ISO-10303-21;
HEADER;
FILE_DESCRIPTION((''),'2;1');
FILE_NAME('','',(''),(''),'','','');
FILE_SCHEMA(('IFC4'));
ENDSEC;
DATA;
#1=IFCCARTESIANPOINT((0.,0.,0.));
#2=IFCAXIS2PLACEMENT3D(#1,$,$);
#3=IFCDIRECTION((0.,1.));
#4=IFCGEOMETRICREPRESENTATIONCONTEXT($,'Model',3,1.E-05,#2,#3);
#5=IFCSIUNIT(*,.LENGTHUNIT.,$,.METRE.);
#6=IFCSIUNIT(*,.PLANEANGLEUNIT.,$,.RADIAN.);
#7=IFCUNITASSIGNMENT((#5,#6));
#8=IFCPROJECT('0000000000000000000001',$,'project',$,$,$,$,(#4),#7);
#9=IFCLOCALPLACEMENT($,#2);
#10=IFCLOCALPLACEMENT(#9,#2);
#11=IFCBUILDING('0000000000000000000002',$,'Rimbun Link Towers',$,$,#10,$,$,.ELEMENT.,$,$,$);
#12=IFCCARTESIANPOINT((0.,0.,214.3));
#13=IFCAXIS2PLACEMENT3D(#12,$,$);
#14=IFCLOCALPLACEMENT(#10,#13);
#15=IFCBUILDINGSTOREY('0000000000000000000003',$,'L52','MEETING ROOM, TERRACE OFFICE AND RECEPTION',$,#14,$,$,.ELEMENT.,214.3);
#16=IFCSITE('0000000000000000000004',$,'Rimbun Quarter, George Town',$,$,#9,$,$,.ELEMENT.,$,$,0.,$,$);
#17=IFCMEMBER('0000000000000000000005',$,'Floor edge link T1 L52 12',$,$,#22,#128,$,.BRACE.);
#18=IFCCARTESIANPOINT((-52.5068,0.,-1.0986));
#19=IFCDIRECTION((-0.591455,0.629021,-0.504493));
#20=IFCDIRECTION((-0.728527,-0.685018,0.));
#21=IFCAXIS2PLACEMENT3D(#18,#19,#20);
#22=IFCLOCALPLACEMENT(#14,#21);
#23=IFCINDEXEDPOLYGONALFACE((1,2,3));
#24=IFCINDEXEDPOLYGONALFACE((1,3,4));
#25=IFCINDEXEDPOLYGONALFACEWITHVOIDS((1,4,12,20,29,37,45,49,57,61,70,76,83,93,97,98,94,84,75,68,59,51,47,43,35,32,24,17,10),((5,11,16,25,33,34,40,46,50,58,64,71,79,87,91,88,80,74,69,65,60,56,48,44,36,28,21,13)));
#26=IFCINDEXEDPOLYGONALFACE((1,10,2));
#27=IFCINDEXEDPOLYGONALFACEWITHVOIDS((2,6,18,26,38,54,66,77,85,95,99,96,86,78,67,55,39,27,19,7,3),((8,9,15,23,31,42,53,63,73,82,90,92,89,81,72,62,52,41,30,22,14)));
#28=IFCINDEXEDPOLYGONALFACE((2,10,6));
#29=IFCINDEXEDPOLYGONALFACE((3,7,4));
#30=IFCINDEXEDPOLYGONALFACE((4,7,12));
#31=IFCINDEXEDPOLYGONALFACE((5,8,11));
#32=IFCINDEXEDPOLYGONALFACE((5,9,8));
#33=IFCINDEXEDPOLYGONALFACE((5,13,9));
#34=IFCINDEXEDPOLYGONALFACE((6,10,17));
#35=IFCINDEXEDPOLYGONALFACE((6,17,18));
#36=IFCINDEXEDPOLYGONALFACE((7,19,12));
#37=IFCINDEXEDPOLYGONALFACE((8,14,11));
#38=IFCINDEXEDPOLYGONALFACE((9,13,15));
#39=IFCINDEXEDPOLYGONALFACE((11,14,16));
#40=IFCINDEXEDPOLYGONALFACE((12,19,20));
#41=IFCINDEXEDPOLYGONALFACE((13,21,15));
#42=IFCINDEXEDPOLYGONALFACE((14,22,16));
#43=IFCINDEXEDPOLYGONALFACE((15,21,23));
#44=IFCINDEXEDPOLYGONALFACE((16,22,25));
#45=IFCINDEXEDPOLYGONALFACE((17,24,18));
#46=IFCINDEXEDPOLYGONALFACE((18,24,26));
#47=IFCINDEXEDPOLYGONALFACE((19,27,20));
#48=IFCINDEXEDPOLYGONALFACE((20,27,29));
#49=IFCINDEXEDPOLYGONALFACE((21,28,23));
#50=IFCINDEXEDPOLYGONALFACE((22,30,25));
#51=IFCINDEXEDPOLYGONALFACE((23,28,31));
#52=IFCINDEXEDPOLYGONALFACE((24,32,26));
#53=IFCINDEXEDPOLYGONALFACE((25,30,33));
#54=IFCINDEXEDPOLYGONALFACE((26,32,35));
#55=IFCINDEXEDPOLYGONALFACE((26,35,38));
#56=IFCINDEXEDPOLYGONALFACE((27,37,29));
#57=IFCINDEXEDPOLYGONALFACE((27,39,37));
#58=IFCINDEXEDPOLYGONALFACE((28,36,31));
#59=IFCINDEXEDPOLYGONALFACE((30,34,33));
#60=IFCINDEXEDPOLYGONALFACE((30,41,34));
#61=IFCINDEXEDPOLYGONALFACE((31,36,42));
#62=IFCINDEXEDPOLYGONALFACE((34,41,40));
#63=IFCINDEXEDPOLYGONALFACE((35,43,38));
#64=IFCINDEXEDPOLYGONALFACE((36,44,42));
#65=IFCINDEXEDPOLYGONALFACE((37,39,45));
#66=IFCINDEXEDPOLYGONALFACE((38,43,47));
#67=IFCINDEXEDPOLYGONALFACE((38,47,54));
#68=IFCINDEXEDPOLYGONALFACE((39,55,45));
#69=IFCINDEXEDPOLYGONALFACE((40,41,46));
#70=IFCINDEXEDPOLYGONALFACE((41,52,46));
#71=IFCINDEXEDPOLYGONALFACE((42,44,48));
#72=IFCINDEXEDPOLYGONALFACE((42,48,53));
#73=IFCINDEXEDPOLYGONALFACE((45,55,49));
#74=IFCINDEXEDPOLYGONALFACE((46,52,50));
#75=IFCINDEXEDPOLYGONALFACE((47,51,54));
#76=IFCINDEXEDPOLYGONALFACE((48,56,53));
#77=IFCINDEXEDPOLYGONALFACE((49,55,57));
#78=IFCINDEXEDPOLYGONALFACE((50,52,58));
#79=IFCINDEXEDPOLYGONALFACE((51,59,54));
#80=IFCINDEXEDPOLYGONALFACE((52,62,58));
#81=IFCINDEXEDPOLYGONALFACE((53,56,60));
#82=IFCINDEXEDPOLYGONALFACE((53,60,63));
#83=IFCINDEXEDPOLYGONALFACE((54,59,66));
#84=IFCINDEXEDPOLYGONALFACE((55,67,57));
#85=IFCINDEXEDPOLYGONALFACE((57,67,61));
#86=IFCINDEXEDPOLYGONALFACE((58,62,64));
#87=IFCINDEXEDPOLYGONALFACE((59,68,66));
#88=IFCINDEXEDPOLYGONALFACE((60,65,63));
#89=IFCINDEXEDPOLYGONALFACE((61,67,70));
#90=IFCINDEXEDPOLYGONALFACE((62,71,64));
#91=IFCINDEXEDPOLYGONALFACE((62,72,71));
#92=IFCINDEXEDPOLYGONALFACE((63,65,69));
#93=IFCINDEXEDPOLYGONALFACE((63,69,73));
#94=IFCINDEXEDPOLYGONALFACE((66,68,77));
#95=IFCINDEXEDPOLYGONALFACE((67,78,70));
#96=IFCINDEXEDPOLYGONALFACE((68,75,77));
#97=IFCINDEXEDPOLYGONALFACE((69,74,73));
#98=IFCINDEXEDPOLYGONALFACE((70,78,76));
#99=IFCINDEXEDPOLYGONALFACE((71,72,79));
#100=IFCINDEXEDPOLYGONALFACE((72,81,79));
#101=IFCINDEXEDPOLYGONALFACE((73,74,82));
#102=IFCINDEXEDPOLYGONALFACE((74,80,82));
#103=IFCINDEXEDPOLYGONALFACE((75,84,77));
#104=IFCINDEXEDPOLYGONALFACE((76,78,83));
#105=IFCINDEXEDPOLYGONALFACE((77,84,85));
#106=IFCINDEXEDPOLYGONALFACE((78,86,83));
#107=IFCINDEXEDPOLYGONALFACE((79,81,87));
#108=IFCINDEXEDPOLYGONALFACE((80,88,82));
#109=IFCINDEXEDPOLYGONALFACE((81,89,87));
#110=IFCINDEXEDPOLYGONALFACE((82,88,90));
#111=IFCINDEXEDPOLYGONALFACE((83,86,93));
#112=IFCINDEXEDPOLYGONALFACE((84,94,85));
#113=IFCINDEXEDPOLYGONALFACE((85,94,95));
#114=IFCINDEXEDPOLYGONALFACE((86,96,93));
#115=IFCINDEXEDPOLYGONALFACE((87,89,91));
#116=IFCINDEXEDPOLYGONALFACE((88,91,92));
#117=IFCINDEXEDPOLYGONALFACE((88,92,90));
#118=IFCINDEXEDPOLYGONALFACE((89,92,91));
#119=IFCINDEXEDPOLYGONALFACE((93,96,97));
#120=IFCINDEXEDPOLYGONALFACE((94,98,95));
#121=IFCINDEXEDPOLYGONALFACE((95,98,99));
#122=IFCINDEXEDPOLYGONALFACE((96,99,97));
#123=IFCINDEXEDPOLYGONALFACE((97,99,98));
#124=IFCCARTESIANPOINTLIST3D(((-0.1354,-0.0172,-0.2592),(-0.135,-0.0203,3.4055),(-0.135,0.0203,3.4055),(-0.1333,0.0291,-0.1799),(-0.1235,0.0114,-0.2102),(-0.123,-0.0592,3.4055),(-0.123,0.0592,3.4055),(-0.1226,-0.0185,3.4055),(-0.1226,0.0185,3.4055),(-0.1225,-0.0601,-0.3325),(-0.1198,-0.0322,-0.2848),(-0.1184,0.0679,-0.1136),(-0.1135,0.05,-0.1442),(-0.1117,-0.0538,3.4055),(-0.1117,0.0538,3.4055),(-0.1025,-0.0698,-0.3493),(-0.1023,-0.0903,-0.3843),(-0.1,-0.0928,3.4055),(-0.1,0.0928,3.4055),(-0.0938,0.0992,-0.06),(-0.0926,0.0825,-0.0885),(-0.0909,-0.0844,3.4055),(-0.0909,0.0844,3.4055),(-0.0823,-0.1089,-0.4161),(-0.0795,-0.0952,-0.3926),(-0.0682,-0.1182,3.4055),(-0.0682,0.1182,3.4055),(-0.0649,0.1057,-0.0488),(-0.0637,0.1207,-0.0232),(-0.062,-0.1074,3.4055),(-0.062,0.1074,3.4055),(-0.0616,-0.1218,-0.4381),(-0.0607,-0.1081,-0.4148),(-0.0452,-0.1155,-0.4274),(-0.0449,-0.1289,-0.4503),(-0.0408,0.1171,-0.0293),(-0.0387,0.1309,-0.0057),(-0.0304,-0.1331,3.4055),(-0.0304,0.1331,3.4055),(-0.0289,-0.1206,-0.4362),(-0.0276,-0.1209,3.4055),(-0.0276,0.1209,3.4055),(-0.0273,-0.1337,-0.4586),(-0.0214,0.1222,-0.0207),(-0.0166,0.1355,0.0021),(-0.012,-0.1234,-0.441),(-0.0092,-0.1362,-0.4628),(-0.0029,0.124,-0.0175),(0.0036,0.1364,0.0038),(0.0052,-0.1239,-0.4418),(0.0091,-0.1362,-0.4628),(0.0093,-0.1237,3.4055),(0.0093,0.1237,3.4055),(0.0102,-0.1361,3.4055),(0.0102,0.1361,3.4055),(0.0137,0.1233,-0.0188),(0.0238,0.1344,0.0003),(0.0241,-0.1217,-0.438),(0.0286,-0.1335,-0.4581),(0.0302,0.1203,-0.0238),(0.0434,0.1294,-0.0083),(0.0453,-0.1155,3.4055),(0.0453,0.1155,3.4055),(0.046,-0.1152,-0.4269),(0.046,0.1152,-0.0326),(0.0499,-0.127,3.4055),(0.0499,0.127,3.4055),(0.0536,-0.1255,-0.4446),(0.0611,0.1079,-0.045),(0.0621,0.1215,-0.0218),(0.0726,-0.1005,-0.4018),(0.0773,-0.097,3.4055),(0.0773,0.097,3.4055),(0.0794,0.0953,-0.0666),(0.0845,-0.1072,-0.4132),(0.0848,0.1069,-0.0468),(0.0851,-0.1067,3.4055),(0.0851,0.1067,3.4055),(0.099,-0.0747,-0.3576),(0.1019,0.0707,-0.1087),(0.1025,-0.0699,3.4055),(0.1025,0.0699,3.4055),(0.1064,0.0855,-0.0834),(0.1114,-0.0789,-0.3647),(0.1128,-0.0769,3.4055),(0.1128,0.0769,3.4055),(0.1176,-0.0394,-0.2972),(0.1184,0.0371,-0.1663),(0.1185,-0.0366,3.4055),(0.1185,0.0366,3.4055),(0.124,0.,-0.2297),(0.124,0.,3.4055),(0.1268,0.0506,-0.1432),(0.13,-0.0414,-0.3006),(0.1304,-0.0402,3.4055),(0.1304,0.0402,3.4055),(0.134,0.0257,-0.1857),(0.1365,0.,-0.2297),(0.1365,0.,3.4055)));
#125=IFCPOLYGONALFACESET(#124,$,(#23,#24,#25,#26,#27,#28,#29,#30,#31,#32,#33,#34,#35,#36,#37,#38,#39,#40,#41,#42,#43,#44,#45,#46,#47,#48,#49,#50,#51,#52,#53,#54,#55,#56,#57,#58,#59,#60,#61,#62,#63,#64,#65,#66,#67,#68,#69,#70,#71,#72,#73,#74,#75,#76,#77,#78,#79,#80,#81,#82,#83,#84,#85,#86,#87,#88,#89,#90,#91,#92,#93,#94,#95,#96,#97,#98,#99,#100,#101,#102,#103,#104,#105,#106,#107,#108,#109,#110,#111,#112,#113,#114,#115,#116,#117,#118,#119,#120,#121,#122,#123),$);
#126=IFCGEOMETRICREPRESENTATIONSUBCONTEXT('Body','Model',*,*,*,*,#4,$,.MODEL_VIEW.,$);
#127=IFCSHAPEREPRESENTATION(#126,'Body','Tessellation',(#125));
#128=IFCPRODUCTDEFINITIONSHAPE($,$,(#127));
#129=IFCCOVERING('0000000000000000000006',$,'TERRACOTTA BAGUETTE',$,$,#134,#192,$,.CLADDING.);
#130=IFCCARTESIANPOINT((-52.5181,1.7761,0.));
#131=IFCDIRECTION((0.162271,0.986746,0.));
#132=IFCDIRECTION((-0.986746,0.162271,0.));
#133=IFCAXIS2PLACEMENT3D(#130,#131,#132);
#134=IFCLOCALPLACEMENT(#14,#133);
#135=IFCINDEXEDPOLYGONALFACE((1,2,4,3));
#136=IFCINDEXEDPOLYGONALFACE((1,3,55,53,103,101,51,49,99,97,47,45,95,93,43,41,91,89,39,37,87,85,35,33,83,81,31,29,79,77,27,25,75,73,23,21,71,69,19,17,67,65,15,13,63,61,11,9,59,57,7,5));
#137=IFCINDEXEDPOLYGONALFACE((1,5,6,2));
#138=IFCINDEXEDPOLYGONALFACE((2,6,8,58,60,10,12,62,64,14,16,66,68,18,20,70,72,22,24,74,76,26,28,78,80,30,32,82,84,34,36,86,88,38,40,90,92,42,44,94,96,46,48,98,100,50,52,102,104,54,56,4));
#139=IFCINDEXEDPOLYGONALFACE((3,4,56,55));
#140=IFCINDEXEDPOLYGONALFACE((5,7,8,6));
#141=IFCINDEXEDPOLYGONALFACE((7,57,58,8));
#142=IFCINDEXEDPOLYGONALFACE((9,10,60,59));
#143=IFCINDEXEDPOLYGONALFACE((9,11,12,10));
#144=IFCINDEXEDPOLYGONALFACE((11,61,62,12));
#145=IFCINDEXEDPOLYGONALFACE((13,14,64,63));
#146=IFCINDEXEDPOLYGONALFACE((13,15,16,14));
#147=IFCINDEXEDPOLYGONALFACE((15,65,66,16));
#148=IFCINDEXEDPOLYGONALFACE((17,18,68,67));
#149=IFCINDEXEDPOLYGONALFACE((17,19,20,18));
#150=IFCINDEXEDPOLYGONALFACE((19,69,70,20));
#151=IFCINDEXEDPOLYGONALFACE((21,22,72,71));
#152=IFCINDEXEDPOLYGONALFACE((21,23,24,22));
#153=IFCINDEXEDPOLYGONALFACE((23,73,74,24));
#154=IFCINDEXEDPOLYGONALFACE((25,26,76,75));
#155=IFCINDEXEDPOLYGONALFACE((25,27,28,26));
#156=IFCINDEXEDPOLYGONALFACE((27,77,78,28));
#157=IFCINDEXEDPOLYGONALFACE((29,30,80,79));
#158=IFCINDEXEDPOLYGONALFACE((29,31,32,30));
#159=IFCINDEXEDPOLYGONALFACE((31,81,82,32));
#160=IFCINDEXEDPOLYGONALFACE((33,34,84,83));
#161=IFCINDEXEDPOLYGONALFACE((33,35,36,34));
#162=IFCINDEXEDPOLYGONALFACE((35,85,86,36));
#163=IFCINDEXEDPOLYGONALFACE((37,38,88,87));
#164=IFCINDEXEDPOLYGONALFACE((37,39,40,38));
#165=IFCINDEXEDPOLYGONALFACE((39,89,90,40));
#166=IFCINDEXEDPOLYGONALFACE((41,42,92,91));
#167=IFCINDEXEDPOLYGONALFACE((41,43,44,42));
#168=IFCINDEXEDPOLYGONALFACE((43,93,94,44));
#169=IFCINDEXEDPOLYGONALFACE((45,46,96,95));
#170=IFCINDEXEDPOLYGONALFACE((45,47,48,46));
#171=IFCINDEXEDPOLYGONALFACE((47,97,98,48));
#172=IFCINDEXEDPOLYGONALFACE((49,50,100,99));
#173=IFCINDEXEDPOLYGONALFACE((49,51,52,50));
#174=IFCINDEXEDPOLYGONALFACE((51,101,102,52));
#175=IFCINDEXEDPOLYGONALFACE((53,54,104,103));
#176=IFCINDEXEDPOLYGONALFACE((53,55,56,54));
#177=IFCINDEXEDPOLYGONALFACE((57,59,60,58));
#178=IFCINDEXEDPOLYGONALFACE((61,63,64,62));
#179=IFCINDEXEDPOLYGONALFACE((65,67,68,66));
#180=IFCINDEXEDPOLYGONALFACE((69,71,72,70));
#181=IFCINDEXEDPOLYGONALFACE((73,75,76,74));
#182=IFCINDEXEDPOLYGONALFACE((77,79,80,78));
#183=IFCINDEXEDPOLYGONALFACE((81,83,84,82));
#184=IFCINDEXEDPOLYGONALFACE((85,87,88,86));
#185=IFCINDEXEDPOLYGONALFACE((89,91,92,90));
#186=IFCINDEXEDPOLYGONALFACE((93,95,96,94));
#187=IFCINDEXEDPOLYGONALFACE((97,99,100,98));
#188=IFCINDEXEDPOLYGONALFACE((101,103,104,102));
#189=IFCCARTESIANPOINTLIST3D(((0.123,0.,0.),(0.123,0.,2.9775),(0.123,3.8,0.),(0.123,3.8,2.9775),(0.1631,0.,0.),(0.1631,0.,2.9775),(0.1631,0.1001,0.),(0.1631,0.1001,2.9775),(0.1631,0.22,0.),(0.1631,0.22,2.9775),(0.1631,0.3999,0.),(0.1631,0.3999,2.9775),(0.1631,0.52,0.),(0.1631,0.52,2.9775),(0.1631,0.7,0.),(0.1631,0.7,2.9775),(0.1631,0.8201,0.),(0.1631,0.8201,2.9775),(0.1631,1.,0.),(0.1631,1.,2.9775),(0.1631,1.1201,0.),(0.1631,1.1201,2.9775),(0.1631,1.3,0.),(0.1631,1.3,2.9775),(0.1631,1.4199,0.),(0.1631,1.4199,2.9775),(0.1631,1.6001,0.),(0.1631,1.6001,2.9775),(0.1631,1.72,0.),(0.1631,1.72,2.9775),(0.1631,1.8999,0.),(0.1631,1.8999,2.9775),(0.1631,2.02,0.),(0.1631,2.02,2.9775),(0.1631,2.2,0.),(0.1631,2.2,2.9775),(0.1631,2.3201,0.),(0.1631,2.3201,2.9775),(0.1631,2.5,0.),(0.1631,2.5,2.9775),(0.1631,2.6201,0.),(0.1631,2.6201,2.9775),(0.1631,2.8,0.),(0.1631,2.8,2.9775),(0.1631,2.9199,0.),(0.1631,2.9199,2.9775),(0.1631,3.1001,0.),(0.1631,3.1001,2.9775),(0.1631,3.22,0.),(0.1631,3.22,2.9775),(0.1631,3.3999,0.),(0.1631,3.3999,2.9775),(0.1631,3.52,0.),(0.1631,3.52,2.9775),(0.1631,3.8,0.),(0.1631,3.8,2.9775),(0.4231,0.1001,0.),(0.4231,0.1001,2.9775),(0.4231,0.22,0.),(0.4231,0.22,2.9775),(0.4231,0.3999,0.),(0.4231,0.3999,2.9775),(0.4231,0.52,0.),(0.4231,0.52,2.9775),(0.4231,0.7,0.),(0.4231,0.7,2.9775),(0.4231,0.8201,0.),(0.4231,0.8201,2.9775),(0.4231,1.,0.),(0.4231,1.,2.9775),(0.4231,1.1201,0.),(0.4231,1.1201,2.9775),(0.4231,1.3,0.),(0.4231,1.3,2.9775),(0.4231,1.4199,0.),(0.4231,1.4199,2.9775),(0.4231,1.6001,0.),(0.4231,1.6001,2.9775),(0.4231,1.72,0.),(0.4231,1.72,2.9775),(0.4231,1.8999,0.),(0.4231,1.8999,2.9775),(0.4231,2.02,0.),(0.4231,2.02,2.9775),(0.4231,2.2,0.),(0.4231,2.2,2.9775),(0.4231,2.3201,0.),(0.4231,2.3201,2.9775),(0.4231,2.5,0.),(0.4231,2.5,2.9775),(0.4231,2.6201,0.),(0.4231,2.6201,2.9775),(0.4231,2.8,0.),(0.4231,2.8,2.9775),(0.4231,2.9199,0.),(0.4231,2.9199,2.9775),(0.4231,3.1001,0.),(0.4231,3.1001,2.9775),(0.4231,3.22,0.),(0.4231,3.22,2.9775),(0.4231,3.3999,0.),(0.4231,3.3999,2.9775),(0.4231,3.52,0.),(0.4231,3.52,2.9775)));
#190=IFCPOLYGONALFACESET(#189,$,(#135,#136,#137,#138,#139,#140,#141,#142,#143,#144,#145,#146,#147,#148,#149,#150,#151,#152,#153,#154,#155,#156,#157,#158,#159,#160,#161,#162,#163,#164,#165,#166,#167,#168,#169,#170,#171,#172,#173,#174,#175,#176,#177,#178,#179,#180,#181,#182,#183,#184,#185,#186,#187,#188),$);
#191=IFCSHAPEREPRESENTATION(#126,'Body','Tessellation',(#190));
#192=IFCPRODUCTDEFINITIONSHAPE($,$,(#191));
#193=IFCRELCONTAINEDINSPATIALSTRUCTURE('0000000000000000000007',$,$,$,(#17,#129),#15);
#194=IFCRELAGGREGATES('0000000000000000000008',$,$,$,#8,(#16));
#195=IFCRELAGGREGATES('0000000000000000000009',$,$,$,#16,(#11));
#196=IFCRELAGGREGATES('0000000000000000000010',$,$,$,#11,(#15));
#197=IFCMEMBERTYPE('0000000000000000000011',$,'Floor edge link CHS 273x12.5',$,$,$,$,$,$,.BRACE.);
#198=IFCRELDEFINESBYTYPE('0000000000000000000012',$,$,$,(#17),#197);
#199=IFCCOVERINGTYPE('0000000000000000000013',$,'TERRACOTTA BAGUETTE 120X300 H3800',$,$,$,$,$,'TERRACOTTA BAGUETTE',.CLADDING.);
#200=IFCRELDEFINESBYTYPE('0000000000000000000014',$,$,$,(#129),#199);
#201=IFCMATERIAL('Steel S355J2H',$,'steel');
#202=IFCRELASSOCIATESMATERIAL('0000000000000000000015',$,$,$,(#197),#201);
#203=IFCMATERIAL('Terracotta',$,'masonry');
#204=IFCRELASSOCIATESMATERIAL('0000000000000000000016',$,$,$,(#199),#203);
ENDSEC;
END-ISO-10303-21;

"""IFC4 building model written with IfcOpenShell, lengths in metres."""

from ifc_helpers import new_model, si_unit, direction, frame, origin, origin_2d, place, context, subcontext, project, spatial, polyline, hollow_circle, outline, extrude, clip, halfspace, material, material_profile, profile_set, type_object, element, save


model = new_model("IFC4")

# Units and contexts
model_context = context("Model", 3, precision=1e-05, world=origin(), true_north=direction((0.0, 1.0)))
body_context = subcontext(model_context, "Body", "Model", "MODEL_VIEW")
ifc_project = project(units=[si_unit("LENGTHUNIT", "METRE"), si_unit("PLANEANGLEUNIT", "RADIAN")], contexts=[model_context])

# Site, building, storey
site_placement = place(None, origin())
site = spatial("IfcSite", under=ifc_project, at=site_placement, Name="Rimbun Quarter, George Town", CompositionType="ELEMENT", RefElevation=0.0)
building_placement = place(site_placement, origin())
building = spatial("IfcBuilding", under=site, at=building_placement, Name="Rimbun Link Towers", CompositionType="ELEMENT")
storey_placement = place(building_placement, frame((0.0, 0.0, 214.3)))
storey = spatial("IfcBuildingStorey", under=building, at=storey_placement, Name="L52", Description="MEETING ROOM, TERRACE OFFICE AND RECEPTION", CompositionType="ELEMENT", Elevation=214.3)

# Member
ifc_material_1 = material(Name="Steel S355J2H", Category="steel")
ifc_material_profile_1 = material_profile(ifc_material_1, hollow_circle(Radius=0.1365, WallThickness=0.0125, at=origin_2d()), Name="CHS 273x12.5")
ifc_profile_set_1 = profile_set([ifc_material_profile_1], Name="Steel S355J2H")
member_type_1 = type_object("IfcMemberType", Name="Floor edge link CHS 273x12.5", PredefinedType="BRACE", material=ifc_profile_set_1)
member_1_placement = place(storey_placement, frame((-52.5068, 0.0, -1.0986), z_axis=(-0.591455, 0.629021, -0.504493), x_axis=(-0.728527, -0.685018, 0.0)))
element("IfcMember", 1, at=member_1_placement, inside=storey, type_object=member_type_1, Name="Floor edge link T1 L52 12", PredefinedType="BRACE", context=body_context, shape_type="Clipping", body=[
    clip(extrude(hollow_circle(Radius=0.1365, WallThickness=0.0125, at=origin_2d()), frame((0.0, 0.0, -0.4871)), (0.0, 0.0, 1.0), 3.8926), halfspace(frame((0.0, 0.0, -0.2297), z_axis=(0.0, 0.863416, -0.504493)), False)),
])

# Covering
ifc_material_2 = material(Name="Terracotta", Category="masonry")
ifc_material_profile_2 = material_profile(ifc_material_2, outline(polyline([(0.123, 0.0), (0.1631, 0.0), (0.1631, 0.1001), (0.4231, 0.1001), (0.4231, 0.22), (0.1631, 0.22), (0.1631, 0.3999), (0.4231, 0.3999), (0.4231, 0.52), (0.1631, 0.52), (0.1631, 0.7), (0.4231, 0.7), (0.4231, 0.8201), (0.1631, 0.8201), (0.1631, 1.0), (0.4231, 1.0), (0.4231, 1.1201), (0.1631, 1.1201), (0.1631, 1.3), (0.4231, 1.3), (0.4231, 1.4199), (0.1631, 1.4199), (0.1631, 1.6001), (0.4231, 1.6001), (0.4231, 1.72), (0.1631, 1.72), (0.1631, 1.8999), (0.4231, 1.8999), (0.4231, 2.02), (0.1631, 2.02), (0.1631, 2.2), (0.4231, 2.2), (0.4231, 2.3201), (0.1631, 2.3201), (0.1631, 2.5), (0.4231, 2.5), (0.4231, 2.6201), (0.1631, 2.6201), (0.1631, 2.8), (0.4231, 2.8), (0.4231, 2.9199), (0.1631, 2.9199), (0.1631, 3.1001), (0.4231, 3.1001), (0.4231, 3.22), (0.1631, 3.22), (0.1631, 3.3999), (0.4231, 3.3999), (0.4231, 3.52), (0.1631, 3.52), (0.1631, 3.8), (0.123, 3.8), (0.123, 0.0)])), Name="BAGUETTE 120X300")
ifc_profile_set_2 = profile_set([ifc_material_profile_2], Name="Terracotta")
covering_type = type_object("IfcCoveringType", Name="TERRACOTTA BAGUETTE 120X300 H3800", ElementType="TERRACOTTA BAGUETTE", PredefinedType="CLADDING", material=ifc_profile_set_2)
covering_1_placement = place(storey_placement, frame((-52.5181, 1.7761, 0.0), z_axis=(0.162271, 0.986746, 0.0), x_axis=(-0.986746, 0.162271, 0.0)))
element("IfcCovering", 2, at=covering_1_placement, inside=storey, type_object=covering_type, Name="TERRACOTTA BAGUETTE", PredefinedType="CLADDING", context=body_context, shape_type="SweptSolid", body=[
    extrude(outline(polyline([(0.123, 0.0), (0.1631, 0.0), (0.1631, 0.1001), (0.4231, 0.1001), (0.4231, 0.22), (0.1631, 0.22), (0.1631, 0.3999), (0.4231, 0.3999), (0.4231, 0.52), (0.1631, 0.52), (0.1631, 0.7), (0.4231, 0.7), (0.4231, 0.8201), (0.1631, 0.8201), (0.1631, 1.0), (0.4231, 1.0), (0.4231, 1.1201), (0.1631, 1.1201), (0.1631, 1.3), (0.4231, 1.3), (0.4231, 1.4199), (0.1631, 1.4199), (0.1631, 1.6001), (0.4231, 1.6001), (0.4231, 1.72), (0.1631, 1.72), (0.1631, 1.8999), (0.4231, 1.8999), (0.4231, 2.02), (0.1631, 2.02), (0.1631, 2.2), (0.4231, 2.2), (0.4231, 2.3201), (0.1631, 2.3201), (0.1631, 2.5), (0.4231, 2.5), (0.4231, 2.6201), (0.1631, 2.6201), (0.1631, 2.8), (0.4231, 2.8), (0.4231, 2.9199), (0.1631, 2.9199), (0.1631, 3.1001), (0.4231, 3.1001), (0.4231, 3.22), (0.1631, 3.22), (0.1631, 3.3999), (0.4231, 3.3999), (0.4231, 3.52), (0.1631, 3.52), (0.1631, 3.8), (0.123, 3.8), (0.123, 0.0)])), origin(), (0.0, 0.0, 1.0), 2.9775),
])

save(model, "model.ifc")
